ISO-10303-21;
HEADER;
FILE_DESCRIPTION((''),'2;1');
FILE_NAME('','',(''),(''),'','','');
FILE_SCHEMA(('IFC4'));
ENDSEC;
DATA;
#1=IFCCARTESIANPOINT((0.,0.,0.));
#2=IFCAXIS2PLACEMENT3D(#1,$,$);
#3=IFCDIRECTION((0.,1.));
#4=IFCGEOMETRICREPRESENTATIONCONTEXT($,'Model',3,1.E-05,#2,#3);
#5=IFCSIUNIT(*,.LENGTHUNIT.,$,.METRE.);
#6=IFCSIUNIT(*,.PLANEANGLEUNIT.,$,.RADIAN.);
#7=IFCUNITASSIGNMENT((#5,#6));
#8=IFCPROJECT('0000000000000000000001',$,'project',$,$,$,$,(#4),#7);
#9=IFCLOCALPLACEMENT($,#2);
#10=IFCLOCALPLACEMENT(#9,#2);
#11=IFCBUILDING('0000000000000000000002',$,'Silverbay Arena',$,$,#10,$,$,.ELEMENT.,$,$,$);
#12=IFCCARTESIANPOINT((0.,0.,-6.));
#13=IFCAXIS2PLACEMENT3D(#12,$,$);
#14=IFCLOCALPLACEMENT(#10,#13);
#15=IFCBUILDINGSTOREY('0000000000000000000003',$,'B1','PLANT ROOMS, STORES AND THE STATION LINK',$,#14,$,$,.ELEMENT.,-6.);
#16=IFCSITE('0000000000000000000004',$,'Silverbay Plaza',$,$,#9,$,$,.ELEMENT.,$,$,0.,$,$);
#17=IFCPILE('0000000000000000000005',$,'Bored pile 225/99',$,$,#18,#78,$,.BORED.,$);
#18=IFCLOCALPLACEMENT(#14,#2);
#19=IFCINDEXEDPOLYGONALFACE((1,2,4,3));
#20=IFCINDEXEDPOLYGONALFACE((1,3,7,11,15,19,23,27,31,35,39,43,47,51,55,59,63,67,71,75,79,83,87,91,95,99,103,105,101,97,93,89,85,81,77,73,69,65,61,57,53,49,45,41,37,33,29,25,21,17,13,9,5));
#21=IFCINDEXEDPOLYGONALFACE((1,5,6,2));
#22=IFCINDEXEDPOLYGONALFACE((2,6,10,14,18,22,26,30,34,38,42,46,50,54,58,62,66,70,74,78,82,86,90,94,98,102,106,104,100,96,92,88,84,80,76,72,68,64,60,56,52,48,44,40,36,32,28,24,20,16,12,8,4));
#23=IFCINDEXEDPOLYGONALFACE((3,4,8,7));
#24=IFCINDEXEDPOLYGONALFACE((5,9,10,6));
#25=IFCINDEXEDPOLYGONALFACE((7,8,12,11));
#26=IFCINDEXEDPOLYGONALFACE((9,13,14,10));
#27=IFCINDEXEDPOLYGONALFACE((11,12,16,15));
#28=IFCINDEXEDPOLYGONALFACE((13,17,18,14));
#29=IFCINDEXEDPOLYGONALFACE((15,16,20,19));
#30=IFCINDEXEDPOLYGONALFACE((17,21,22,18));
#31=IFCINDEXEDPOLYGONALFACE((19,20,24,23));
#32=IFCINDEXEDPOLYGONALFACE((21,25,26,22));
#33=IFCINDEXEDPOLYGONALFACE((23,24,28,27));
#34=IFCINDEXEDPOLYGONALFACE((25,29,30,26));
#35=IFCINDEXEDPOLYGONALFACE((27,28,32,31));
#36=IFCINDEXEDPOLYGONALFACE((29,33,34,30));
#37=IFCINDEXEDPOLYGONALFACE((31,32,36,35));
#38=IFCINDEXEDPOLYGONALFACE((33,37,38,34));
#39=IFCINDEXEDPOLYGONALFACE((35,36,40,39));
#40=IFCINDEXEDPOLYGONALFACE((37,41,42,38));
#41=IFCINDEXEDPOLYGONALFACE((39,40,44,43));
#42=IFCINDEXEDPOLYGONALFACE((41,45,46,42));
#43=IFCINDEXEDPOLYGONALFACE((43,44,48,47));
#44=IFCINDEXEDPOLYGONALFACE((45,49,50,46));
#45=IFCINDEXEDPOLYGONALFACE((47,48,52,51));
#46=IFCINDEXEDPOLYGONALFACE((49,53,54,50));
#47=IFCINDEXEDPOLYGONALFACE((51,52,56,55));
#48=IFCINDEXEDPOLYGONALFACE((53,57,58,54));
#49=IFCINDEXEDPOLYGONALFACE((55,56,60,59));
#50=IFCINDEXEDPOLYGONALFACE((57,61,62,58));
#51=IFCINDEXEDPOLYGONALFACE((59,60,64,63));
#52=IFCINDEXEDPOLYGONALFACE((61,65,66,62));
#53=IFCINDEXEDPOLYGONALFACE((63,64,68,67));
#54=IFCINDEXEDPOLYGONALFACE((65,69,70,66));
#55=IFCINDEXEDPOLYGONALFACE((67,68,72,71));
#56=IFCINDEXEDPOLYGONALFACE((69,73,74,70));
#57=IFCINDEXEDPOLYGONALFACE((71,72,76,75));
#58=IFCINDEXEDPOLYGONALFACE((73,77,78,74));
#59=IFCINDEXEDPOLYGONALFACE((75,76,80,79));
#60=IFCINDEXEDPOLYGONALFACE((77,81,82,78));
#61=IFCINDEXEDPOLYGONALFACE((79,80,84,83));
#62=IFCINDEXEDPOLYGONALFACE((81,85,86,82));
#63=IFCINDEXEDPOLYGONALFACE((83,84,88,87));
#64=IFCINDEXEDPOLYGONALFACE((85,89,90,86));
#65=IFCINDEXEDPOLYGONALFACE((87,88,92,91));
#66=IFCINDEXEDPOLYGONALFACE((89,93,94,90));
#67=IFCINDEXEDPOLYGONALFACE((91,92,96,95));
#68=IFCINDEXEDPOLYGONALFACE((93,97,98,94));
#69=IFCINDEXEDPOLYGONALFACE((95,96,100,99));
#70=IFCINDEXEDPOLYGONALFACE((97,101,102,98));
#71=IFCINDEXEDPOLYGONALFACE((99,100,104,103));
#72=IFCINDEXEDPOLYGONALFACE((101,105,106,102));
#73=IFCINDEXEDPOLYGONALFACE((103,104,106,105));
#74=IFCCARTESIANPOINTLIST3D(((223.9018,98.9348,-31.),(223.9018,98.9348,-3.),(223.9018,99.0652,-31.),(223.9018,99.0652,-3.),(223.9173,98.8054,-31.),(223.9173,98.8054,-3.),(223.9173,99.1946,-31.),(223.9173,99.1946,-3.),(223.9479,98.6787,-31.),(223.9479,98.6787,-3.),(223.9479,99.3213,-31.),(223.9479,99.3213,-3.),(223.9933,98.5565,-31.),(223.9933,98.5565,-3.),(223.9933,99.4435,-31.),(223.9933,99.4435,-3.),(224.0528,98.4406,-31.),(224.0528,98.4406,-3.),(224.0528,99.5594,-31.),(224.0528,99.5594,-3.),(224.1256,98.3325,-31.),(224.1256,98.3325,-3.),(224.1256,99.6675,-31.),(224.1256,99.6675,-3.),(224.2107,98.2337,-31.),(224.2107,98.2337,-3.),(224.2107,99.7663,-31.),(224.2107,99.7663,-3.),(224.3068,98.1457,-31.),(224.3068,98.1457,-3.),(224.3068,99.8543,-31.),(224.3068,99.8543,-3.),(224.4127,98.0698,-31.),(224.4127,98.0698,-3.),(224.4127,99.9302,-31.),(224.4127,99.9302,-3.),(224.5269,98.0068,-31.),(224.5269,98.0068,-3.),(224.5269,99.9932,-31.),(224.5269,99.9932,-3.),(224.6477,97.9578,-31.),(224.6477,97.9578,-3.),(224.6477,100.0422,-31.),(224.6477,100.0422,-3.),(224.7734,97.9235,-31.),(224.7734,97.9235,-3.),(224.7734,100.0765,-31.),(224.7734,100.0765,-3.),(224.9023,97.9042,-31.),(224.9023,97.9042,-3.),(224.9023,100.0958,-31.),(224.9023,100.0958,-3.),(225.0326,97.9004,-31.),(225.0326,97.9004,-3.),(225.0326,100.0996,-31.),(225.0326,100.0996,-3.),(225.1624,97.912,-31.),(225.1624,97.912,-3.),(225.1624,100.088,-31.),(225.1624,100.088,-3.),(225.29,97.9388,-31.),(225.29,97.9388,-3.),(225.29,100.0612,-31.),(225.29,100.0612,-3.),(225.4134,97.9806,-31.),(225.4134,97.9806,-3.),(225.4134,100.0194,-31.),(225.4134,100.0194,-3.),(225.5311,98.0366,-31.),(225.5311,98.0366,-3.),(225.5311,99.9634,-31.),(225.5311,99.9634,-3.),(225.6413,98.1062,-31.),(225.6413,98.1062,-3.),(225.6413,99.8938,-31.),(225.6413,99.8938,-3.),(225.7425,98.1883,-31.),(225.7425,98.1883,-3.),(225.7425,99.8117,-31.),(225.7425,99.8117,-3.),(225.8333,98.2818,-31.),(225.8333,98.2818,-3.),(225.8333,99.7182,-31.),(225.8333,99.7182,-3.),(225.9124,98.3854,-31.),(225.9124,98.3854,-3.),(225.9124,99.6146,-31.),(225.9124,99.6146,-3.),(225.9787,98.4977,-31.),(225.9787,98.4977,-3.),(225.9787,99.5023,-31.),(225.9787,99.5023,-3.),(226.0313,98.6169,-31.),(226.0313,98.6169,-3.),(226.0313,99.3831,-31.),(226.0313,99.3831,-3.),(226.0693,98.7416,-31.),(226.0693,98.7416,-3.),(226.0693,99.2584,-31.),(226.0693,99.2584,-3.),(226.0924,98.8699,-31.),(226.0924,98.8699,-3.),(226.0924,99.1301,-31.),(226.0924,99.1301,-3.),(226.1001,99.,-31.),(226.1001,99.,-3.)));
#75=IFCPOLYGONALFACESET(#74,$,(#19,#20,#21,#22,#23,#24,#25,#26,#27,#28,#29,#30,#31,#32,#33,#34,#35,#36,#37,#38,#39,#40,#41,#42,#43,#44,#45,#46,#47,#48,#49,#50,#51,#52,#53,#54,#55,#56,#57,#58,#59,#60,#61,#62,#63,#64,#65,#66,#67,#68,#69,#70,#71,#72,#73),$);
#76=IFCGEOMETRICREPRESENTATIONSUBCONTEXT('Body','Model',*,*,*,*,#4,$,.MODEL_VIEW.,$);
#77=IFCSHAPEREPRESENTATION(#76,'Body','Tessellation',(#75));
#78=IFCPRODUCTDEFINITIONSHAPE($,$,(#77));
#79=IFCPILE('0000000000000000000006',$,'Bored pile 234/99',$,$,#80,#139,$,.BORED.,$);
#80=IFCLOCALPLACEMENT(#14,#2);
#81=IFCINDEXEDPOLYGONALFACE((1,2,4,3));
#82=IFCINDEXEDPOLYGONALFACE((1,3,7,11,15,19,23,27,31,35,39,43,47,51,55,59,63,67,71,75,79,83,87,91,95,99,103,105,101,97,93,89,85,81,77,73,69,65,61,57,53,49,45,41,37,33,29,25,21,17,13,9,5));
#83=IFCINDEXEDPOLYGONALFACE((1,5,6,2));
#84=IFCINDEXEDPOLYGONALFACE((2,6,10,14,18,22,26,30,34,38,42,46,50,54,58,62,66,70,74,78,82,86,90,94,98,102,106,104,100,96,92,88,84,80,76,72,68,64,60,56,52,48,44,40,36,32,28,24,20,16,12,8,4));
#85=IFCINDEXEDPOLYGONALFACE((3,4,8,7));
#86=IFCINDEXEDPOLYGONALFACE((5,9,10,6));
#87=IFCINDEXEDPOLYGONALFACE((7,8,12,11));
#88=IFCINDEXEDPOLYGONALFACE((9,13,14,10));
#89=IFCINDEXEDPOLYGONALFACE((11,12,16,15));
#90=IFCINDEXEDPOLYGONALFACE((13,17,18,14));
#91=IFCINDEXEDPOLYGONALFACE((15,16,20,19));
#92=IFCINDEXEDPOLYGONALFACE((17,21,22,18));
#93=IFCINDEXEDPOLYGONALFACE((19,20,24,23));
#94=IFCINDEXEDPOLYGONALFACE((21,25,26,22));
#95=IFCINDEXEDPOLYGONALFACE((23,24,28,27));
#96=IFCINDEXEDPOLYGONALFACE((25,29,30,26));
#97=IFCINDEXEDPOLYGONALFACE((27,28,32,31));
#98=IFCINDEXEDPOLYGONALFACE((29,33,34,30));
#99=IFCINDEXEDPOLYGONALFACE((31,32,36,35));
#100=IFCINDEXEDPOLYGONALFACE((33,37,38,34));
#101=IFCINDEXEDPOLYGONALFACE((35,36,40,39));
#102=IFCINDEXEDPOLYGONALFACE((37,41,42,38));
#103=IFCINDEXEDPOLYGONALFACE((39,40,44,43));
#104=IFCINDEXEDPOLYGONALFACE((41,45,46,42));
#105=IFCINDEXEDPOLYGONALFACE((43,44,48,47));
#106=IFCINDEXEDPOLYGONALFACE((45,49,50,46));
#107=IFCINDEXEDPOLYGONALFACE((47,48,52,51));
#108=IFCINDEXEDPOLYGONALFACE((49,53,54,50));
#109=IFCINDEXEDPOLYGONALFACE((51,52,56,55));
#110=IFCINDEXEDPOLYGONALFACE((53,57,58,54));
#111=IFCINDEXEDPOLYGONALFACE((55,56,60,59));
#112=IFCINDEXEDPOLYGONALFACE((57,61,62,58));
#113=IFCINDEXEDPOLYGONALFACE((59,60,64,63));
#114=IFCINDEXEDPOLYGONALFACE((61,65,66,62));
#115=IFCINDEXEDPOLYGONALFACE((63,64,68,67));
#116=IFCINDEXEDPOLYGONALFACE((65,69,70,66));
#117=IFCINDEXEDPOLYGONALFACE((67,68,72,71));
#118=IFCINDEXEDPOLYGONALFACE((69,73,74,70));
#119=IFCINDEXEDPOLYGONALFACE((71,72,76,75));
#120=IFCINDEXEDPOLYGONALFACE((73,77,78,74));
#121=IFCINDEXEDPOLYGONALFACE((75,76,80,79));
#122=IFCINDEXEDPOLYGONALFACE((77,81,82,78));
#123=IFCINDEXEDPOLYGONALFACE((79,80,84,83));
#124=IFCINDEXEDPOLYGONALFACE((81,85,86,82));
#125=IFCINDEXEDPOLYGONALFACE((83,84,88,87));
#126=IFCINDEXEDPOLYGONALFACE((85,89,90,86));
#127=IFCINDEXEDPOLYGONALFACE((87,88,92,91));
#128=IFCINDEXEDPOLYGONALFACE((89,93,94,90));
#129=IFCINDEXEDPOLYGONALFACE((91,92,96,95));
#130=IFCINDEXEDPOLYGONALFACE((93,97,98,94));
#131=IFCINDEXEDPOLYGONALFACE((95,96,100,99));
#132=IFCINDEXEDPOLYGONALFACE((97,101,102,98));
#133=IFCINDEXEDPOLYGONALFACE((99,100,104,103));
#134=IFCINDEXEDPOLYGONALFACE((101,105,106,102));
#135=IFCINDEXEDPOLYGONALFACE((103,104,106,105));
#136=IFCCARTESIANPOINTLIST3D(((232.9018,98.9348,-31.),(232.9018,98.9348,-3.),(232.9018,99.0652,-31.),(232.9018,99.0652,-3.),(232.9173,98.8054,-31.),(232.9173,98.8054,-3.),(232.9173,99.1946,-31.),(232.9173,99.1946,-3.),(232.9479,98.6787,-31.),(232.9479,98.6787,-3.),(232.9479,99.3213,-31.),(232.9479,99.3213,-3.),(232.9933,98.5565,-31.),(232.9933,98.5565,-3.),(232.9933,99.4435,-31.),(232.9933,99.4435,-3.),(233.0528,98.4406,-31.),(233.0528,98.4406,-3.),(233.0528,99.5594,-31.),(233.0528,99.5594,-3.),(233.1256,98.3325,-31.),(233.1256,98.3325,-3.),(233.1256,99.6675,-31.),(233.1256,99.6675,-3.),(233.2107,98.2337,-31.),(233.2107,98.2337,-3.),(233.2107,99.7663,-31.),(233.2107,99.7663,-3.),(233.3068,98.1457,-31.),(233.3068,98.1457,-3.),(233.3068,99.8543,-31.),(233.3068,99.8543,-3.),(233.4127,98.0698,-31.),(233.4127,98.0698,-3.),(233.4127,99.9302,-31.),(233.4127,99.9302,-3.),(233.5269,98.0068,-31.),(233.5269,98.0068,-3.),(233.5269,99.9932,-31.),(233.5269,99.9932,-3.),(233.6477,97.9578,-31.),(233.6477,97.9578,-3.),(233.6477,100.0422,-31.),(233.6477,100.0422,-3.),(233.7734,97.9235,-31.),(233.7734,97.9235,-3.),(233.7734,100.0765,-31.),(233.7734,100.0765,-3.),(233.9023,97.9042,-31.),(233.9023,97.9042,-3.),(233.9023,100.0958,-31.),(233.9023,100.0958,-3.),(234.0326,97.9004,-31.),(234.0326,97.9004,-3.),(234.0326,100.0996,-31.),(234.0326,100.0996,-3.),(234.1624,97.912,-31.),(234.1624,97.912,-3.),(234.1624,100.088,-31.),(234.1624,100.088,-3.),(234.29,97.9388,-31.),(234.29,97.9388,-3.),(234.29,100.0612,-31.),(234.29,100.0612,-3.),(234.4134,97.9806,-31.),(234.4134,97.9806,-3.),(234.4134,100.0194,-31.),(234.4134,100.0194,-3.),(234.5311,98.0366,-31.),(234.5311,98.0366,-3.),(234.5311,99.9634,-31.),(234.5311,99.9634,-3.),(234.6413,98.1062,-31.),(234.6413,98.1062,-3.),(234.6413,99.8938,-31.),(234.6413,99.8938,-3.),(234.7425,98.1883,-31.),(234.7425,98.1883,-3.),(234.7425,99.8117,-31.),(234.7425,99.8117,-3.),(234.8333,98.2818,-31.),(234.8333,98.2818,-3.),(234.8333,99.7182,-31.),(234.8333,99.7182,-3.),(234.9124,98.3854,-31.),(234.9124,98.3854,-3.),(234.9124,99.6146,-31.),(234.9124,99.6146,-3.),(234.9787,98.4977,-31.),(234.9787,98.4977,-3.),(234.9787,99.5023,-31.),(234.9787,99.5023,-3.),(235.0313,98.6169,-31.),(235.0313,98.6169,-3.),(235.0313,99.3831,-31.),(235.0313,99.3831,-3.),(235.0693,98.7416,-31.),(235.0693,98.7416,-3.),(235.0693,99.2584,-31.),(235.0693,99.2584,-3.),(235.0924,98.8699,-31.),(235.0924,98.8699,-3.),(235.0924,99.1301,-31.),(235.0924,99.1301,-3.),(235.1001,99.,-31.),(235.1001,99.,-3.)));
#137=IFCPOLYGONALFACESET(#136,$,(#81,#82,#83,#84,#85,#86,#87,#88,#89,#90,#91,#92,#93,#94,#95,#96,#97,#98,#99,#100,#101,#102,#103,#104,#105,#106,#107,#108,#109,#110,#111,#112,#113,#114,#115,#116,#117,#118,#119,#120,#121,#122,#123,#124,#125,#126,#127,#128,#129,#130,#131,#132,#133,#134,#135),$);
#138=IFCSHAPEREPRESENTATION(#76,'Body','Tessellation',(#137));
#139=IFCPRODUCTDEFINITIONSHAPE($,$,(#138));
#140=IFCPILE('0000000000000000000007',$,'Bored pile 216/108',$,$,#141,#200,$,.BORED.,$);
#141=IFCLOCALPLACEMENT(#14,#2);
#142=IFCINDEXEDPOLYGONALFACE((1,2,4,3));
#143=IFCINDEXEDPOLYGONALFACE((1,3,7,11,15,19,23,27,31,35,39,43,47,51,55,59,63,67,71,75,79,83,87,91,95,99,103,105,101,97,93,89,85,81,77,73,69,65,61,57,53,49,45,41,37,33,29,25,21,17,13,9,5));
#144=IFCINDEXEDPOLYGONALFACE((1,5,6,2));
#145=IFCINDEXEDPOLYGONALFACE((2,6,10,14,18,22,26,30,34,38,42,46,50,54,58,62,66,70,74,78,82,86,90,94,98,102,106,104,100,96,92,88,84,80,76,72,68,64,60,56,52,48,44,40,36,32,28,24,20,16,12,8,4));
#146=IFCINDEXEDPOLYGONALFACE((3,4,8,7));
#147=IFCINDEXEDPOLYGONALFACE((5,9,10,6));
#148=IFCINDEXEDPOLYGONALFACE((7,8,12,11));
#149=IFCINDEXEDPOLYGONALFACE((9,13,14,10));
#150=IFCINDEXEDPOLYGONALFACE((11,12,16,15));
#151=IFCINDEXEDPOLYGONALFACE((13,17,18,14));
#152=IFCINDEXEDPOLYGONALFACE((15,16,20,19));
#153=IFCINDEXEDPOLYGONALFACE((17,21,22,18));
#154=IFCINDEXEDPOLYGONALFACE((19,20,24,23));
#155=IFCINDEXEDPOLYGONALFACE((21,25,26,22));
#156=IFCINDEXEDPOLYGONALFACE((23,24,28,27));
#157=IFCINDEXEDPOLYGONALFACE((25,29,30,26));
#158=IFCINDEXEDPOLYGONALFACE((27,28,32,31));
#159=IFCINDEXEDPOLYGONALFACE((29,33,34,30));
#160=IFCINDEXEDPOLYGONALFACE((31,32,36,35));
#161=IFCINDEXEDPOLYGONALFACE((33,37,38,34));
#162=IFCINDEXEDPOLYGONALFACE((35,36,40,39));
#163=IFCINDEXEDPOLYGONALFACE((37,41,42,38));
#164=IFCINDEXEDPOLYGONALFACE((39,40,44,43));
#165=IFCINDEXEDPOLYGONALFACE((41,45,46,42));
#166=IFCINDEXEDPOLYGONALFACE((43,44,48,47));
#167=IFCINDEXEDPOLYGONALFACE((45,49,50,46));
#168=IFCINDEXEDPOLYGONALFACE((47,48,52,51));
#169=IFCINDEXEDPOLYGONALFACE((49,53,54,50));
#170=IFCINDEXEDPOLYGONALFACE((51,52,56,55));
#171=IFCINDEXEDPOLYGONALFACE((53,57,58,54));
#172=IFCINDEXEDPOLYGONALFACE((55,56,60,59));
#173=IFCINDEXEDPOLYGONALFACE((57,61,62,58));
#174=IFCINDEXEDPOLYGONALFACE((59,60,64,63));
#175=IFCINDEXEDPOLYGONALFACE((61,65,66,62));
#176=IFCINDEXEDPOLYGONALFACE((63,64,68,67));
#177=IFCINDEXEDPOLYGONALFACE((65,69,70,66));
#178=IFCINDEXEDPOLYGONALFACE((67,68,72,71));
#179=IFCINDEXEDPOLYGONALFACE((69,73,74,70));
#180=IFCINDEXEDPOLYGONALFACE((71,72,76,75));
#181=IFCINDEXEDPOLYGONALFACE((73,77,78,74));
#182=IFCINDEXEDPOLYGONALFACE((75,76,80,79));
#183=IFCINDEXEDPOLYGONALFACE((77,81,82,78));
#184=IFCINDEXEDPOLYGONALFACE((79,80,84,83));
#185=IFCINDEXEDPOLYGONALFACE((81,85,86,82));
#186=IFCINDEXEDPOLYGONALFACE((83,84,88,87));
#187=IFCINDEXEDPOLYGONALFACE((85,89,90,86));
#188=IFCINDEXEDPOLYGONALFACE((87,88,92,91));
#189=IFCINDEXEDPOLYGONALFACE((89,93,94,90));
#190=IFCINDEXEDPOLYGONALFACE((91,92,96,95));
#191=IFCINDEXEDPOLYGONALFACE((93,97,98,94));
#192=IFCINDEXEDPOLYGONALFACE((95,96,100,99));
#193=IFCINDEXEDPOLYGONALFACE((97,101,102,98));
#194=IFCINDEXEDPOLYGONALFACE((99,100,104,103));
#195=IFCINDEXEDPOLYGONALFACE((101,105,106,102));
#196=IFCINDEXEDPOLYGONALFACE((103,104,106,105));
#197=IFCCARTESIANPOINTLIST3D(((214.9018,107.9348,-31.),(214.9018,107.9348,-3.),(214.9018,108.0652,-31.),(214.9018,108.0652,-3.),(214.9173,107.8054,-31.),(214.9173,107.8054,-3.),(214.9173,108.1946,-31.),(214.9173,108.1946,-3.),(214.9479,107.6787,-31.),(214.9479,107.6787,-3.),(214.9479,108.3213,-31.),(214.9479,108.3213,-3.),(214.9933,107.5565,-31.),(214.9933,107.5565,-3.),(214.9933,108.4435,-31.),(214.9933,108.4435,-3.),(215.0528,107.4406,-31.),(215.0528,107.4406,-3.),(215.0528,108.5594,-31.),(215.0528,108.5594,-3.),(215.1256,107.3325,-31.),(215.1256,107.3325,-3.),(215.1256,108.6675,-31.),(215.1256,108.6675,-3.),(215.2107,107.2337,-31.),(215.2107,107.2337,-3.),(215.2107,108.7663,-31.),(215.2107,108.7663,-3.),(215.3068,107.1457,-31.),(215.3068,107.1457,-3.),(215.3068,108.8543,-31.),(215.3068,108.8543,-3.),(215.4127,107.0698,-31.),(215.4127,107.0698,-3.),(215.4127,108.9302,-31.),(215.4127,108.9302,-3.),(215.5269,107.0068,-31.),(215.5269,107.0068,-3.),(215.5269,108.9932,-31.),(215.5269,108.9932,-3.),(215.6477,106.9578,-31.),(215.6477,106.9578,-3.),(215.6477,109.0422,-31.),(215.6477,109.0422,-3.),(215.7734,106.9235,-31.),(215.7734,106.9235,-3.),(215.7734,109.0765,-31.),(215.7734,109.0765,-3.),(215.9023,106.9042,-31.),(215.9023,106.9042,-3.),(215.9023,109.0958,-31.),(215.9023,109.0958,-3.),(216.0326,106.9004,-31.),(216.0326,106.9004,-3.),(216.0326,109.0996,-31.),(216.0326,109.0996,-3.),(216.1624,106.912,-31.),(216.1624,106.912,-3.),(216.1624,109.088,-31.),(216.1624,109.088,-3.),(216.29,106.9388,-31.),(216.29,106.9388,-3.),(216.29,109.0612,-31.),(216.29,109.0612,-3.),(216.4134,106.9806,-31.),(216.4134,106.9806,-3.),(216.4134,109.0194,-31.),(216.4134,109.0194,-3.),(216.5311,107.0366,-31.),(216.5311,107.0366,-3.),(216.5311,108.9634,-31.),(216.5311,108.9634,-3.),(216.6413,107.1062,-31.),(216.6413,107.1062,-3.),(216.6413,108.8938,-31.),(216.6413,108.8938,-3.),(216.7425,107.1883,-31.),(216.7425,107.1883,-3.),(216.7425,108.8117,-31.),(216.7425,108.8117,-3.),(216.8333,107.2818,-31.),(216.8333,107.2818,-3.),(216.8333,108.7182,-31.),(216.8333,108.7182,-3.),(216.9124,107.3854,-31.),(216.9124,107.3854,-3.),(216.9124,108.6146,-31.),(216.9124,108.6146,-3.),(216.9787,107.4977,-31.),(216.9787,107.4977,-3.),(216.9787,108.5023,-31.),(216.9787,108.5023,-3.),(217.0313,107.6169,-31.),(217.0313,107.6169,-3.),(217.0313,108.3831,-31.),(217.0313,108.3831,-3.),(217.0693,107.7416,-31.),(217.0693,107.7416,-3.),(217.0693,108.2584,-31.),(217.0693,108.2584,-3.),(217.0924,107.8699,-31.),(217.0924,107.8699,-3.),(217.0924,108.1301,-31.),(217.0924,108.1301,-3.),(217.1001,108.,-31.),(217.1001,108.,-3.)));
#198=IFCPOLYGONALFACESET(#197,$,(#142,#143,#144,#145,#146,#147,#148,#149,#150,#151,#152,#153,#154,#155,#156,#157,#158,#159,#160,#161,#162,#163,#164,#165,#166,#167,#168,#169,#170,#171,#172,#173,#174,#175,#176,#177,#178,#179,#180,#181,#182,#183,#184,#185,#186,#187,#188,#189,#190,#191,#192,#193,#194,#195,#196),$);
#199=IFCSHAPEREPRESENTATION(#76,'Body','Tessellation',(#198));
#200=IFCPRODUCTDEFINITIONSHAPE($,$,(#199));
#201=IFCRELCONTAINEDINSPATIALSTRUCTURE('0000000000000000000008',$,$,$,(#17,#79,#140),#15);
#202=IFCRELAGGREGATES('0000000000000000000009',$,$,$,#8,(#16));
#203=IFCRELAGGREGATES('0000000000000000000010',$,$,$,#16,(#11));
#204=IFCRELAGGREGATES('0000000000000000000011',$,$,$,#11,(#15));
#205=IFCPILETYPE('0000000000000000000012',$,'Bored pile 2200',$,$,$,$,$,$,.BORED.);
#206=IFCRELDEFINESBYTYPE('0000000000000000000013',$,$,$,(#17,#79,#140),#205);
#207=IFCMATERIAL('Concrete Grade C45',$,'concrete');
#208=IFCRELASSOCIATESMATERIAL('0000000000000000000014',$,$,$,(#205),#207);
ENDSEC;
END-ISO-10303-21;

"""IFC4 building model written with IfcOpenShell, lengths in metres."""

from ifc_helpers import new_model, si_unit, direction, frame, origin, origin_2d, place, context, subcontext, project, spatial, circle, extrude, material, material_profile, profile_set, type_object, element, save


model = new_model("IFC4")

# Units and contexts
model_context = context("Model", 3, precision=1e-05, world=origin(), true_north=direction((0.0, 1.0)))
body_context = subcontext(model_context, "Body", "Model", "MODEL_VIEW")
ifc_project = project(units=[si_unit("LENGTHUNIT", "METRE"), si_unit("PLANEANGLEUNIT", "RADIAN")], contexts=[model_context])

# Site, building, storey
site_placement = place(None, origin())
site = spatial("IfcSite", under=ifc_project, at=site_placement, Name="Silverbay Plaza", CompositionType="ELEMENT", RefElevation=0.0)
building_placement = place(site_placement, origin())
building = spatial("IfcBuilding", under=site, at=building_placement, Name="Silverbay Arena", CompositionType="ELEMENT")
storey_placement = place(building_placement, frame((0.0, 0.0, -6.0)))
storey = spatial("IfcBuildingStorey", under=building, at=storey_placement, Name="B1", Description="PLANT ROOMS, STORES AND THE STATION LINK", CompositionType="ELEMENT", Elevation=-6.0)

# Piles
ifc_material_1 = material(Name="Concrete Grade C45", Category="concrete")
ifc_material_profile_1 = material_profile(ifc_material_1, circle(Radius=1.1001, at=origin_2d()), Name="Bored pile 2200")
ifc_profile_set_1 = profile_set([ifc_material_profile_1], Name="Concrete Grade C45")
pile_type_1 = type_object("IfcPileType", Name="Bored pile 2200", PredefinedType="BORED", material=ifc_profile_set_1)
for number, where, z_axis, x_axis, name in (
    (1, (225.0, 99.0, -3.0), (0.0, 0.0, -1.0), (1.0, 0.0, 0.0), "Bored pile 225/99"),
    (2, (234.0, 99.0, -3.0), (0.0, 0.0, -1.0), (1.0, 0.0, 0.0), "Bored pile 234/99"),
    (3, (216.0, 108.0, -3.0), (0.0, 0.0, -1.0), (1.0, 0.0, 0.0), "Bored pile 216/108"),
):
    element("IfcPile", number, at=place(storey_placement, frame(where, z_axis=z_axis, x_axis=x_axis)), inside=storey, type_object=pile_type_1, Name=name, PredefinedType="BORED", context=body_context, shape_type="SweptSolid", body=[
        extrude(circle(Radius=1.1001, at=origin_2d()), origin(), (0.0, 0.0, 1.0), 28.0),
    ])

save(model, "model.ifc")
